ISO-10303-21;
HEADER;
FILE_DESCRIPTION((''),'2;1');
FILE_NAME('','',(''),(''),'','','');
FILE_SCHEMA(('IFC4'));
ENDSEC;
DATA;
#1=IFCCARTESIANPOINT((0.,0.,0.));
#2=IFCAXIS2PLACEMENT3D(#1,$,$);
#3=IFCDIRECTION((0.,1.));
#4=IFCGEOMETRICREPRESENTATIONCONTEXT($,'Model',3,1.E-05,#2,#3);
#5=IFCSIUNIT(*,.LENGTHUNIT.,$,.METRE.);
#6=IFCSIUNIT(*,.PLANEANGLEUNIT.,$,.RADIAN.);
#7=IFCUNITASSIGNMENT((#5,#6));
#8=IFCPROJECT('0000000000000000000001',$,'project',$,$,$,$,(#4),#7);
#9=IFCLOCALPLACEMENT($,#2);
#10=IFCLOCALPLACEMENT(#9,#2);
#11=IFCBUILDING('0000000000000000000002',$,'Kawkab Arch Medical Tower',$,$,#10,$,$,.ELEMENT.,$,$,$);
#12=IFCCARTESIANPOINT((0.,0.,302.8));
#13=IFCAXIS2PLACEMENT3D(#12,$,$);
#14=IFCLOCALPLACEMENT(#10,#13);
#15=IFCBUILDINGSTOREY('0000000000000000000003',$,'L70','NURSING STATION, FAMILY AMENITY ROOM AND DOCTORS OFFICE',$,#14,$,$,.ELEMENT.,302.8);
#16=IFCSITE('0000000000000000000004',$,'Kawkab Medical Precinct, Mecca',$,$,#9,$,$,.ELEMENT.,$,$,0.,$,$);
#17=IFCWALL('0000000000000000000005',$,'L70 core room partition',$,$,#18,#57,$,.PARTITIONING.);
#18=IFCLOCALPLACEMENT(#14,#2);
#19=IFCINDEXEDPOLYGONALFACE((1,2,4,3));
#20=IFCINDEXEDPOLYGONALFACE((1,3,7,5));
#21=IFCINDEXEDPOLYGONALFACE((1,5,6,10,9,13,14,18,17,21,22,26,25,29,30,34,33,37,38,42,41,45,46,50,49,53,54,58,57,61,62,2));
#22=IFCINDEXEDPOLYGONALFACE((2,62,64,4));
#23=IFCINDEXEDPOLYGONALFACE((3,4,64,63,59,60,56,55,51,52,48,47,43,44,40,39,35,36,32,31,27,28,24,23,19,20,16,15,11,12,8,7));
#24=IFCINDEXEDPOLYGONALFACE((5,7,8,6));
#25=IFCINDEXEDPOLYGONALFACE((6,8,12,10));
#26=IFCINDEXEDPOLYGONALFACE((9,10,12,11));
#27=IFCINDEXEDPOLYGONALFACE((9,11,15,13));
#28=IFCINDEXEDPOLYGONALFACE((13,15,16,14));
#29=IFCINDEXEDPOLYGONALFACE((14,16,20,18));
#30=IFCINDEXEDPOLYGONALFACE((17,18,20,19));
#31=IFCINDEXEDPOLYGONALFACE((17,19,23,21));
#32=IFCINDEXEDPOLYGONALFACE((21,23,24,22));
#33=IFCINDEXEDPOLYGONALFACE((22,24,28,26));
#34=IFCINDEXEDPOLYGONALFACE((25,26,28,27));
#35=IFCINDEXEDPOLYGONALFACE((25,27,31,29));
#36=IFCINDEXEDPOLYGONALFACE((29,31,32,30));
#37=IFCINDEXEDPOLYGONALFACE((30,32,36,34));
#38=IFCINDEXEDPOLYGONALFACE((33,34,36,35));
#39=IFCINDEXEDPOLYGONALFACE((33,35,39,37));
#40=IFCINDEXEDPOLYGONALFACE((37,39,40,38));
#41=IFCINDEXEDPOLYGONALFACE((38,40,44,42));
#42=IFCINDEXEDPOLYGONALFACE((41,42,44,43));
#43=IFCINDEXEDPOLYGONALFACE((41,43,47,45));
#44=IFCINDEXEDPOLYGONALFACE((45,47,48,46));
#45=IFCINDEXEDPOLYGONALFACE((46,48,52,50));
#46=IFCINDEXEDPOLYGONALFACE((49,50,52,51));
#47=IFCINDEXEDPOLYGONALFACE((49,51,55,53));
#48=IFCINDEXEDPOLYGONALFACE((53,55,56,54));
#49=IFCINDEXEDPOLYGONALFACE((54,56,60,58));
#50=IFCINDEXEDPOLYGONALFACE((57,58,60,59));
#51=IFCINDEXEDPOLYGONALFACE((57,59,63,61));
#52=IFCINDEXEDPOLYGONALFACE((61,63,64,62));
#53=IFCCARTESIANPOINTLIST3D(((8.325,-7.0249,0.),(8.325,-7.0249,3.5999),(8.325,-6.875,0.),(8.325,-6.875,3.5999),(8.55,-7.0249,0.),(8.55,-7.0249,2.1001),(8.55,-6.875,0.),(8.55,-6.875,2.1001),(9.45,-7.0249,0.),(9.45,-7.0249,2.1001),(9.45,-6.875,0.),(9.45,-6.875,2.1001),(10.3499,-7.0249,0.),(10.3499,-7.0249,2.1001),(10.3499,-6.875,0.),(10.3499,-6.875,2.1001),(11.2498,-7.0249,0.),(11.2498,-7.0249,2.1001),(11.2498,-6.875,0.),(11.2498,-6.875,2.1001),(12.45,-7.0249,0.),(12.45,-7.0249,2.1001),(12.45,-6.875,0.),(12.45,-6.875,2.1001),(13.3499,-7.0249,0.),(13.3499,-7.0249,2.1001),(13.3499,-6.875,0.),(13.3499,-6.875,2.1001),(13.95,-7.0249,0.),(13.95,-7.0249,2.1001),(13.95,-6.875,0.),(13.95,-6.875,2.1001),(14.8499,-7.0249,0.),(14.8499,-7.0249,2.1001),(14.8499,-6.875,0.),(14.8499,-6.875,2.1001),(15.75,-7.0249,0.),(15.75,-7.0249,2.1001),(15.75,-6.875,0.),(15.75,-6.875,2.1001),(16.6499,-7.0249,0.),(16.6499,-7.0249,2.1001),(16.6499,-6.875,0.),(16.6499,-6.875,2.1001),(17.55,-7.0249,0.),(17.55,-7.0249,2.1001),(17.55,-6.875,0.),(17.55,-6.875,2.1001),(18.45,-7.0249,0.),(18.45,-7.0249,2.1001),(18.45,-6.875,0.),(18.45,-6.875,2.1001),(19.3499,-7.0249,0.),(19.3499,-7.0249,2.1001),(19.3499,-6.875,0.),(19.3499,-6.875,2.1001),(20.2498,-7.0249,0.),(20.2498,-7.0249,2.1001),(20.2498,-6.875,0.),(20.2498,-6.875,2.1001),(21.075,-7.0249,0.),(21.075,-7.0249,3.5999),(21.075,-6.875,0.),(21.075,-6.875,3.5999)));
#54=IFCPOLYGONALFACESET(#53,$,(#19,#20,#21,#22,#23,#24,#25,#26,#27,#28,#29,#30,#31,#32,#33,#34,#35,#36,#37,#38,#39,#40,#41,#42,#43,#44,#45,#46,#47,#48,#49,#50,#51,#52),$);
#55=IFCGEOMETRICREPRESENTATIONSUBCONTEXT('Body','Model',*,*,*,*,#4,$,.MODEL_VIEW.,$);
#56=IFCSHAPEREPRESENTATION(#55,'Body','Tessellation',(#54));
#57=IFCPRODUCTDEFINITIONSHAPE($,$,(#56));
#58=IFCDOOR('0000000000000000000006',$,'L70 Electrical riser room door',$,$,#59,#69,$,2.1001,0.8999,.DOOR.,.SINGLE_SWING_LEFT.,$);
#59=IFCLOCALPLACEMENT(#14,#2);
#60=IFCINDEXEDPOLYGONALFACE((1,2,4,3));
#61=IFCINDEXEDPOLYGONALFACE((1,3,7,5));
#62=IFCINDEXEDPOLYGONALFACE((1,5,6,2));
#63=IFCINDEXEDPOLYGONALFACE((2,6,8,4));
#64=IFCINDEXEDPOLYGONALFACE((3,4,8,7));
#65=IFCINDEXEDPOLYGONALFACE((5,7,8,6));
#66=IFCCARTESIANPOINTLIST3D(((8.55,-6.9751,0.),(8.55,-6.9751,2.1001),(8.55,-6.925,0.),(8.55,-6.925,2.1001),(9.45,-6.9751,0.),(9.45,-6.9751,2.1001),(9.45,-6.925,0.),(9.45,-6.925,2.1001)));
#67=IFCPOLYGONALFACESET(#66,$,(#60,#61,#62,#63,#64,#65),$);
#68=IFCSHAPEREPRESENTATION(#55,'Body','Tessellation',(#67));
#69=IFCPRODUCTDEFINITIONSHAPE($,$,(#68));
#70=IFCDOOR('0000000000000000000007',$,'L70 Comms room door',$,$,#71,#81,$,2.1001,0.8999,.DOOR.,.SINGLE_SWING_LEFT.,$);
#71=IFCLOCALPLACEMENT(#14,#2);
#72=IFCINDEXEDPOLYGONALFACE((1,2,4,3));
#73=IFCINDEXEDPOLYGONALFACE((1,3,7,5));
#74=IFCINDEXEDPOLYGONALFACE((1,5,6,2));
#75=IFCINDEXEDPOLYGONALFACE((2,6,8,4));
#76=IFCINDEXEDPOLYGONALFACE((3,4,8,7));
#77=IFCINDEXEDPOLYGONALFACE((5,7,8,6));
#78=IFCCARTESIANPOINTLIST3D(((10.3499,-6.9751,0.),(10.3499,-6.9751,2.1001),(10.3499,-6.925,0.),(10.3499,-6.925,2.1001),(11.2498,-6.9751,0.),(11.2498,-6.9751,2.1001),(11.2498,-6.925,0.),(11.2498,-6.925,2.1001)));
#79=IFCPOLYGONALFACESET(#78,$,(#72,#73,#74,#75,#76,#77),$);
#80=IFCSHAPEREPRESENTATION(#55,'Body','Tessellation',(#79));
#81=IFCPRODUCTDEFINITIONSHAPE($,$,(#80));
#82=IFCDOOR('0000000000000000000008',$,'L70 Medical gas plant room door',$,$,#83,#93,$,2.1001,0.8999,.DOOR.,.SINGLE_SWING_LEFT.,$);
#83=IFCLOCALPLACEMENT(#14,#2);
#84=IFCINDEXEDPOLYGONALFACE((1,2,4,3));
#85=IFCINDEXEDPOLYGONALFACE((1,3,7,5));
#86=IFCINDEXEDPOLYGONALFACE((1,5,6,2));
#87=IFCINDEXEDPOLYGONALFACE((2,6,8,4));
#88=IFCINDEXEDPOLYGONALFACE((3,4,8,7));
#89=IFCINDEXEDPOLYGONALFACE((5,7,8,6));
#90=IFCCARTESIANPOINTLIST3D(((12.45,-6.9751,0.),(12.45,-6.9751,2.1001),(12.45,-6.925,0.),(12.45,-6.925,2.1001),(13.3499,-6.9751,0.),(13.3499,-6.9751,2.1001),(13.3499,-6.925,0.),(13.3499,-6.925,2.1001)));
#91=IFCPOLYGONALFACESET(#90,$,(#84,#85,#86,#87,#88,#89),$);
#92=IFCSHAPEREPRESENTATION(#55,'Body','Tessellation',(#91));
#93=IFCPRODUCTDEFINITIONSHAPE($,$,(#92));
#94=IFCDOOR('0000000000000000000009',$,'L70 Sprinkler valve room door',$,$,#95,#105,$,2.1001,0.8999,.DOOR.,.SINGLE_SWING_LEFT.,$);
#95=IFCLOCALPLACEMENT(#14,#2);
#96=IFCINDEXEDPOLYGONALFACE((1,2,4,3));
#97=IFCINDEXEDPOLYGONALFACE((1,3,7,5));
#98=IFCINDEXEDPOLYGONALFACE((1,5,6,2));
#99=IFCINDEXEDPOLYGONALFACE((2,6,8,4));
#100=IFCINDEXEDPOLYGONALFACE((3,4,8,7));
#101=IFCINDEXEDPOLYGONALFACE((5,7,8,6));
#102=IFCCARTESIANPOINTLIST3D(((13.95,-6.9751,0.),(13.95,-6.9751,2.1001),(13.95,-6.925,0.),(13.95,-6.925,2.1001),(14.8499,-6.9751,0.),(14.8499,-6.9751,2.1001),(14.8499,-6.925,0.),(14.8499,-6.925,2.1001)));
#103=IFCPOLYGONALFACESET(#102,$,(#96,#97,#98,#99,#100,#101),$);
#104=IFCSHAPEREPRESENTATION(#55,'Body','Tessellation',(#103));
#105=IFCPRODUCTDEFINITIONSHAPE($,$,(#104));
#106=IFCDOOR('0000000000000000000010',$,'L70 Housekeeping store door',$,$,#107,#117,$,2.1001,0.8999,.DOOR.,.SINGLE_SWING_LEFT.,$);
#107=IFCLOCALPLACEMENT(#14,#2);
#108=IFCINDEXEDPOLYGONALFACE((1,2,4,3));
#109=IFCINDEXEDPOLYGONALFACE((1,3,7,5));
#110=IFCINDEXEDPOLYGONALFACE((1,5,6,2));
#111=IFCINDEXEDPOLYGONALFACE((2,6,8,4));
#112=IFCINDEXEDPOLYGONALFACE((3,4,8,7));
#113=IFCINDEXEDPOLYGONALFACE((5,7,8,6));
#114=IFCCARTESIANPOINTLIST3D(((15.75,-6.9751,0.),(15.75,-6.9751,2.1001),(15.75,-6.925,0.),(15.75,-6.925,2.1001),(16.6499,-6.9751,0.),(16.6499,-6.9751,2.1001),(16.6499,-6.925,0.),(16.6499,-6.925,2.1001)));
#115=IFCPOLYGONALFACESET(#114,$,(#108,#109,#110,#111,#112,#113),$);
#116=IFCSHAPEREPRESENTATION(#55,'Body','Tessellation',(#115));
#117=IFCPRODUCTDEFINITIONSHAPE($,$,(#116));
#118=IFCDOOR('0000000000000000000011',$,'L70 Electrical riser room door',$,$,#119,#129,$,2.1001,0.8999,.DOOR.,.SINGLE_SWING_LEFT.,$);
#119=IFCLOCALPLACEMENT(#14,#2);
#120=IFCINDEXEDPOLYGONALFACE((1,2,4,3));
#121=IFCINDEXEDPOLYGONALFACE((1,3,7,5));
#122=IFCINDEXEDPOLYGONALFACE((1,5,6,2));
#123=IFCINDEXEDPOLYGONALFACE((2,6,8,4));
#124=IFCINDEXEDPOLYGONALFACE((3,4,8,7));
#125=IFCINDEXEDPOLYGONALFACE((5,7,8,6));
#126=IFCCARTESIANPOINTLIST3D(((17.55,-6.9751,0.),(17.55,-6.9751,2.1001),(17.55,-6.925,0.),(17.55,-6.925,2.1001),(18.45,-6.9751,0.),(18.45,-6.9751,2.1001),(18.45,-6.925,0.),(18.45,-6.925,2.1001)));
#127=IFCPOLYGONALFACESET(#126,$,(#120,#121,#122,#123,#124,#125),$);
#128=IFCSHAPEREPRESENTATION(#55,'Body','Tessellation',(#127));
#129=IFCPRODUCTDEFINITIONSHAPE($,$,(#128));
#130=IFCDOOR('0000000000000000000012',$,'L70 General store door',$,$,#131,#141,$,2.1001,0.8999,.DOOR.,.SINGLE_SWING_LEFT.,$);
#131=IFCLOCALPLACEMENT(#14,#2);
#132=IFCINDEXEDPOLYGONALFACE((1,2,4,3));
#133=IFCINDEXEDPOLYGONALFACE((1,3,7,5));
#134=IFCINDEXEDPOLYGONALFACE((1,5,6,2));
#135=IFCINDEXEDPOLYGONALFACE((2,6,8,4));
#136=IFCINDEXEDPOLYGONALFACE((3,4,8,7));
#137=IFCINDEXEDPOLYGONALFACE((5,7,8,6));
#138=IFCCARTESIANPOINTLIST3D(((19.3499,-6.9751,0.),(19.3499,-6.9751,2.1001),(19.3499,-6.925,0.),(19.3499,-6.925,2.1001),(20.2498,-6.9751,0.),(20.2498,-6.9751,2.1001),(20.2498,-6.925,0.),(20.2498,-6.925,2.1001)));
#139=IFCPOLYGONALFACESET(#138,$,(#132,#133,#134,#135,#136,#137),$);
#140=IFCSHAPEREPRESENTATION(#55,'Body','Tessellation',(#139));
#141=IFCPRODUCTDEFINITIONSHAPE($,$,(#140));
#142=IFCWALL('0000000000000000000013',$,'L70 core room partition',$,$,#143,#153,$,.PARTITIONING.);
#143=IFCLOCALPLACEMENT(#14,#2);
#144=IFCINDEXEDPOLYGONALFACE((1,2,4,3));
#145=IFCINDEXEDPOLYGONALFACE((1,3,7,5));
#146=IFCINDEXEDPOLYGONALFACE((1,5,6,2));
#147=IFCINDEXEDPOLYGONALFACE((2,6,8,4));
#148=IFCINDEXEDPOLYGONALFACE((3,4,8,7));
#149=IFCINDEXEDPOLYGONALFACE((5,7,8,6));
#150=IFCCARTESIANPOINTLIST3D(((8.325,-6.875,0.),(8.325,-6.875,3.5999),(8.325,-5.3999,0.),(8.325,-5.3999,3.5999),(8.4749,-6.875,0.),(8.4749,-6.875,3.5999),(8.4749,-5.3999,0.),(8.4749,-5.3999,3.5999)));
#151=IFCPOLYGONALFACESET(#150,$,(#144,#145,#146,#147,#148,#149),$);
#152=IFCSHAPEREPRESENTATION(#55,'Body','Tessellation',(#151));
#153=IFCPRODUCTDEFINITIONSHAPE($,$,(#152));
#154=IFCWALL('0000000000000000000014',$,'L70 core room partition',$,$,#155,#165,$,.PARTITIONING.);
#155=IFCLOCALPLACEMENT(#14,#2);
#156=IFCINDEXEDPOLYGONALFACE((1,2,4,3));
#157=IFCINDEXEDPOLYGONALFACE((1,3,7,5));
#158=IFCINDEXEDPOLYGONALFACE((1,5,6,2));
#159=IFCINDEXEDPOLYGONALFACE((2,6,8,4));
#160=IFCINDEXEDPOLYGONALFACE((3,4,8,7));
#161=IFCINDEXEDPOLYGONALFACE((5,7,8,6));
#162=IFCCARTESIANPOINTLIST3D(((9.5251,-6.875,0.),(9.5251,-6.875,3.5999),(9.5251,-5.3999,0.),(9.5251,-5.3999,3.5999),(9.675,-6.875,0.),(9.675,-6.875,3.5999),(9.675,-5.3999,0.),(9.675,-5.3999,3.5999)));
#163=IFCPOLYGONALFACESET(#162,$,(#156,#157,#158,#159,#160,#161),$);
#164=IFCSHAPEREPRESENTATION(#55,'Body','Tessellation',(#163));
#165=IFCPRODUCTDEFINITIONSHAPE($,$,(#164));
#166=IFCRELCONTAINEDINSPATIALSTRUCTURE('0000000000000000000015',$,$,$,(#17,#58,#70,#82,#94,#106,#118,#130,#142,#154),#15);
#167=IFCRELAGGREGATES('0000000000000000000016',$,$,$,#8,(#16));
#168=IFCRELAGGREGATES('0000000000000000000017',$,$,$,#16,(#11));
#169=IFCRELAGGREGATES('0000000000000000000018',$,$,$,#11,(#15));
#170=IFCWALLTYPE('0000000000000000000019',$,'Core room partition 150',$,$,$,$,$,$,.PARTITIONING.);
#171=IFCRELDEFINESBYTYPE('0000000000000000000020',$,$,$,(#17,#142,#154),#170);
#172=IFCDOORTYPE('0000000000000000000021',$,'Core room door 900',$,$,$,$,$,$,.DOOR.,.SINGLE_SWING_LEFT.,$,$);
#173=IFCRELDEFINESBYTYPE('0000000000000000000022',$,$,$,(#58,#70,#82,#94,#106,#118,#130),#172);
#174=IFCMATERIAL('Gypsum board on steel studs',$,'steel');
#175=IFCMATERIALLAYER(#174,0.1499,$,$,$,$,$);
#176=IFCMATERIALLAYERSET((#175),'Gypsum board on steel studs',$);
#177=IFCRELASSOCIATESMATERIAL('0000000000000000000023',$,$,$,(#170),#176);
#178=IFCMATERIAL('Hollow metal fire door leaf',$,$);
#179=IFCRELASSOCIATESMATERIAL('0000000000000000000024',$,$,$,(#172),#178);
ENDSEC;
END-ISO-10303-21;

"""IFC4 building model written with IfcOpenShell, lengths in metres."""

from ifc_helpers import new_model, si_unit, direction, frame, frame_2d, origin, place, context, subcontext, project, spatial, rectangle, extrude, material, layer, layer_set, type_object, element, fill, save


model = new_model("IFC4")

# Units and contexts
model_context = context("Model", 3, precision=1e-05, world=origin(), true_north=direction((0.0, 1.0)))
body_context = subcontext(model_context, "Body", "Model", "MODEL_VIEW")
ifc_project = project(units=[si_unit("LENGTHUNIT", "METRE"), si_unit("PLANEANGLEUNIT", "RADIAN")], contexts=[model_context])

# Site, building, storey
site_placement = place(None, origin())
site = spatial("IfcSite", under=ifc_project, at=site_placement, Name="Kawkab Medical Precinct, Mecca", CompositionType="ELEMENT", RefElevation=0.0)
building_placement = place(site_placement, origin())
building = spatial("IfcBuilding", under=site, at=building_placement, Name="Kawkab Arch Medical Tower", CompositionType="ELEMENT")
storey_placement = place(building_placement, frame((0.0, 0.0, 302.8)))
storey = spatial("IfcBuildingStorey", under=building, at=storey_placement, Name="L70", Description="NURSING STATION, FAMILY AMENITY ROOM AND DOCTORS OFFICE", CompositionType="ELEMENT", Elevation=302.8)

# Wall, openings, doors
ifc_material_1 = material(Name="Gypsum board on steel studs", Category="steel")
ifc_layer_1 = layer(ifc_material_1, 0.1499)
ifc_layer_set_1 = layer_set([ifc_layer_1], Name="Gypsum board on steel studs")
wall_type_1 = type_object("IfcWallType", Name="Core room partition 150", PredefinedType="PARTITIONING", material=ifc_layer_set_1)
wall_1_placement = place(storey_placement, frame((8.325, -6.95, 0.0), z_axis=(0.0, 0.0, 1.0), x_axis=(1.0, 0.0, 0.0)))
wall_1 = element("IfcWall", 1, at=wall_1_placement, inside=storey, type_object=wall_type_1, Name="L70 core room partition", PredefinedType="PARTITIONING", context=body_context, shape_type="SweptSolid", body=[
    extrude(rectangle(XDim=12.75, YDim=0.1499, at=frame_2d((6.375, 0.0))), origin(), (0.0, 0.0, 1.0), 3.5999),
])
opening_1_placement = place(wall_1_placement, frame((0.2251, 0.0, 0.0)))
opening_1 = element("IfcOpeningElement", 2, at=opening_1_placement, cuts=wall_1, PredefinedType="OPENING", context=body_context, shape_type="SweptSolid", body=[
    extrude(rectangle(XDim=0.8999, YDim=2.1001, at=frame_2d((0.45, 1.05))), frame((0.0, 0.085, 0.0), z_axis=(0.0, -1.0, 0.0), x_axis=(1.0, 0.0, 0.0)), (0.0, 0.0, 1.0), 0.1699),
])
opening_2_placement = place(wall_1_placement, frame((2.0249, 0.0, 0.0)))
opening_2 = element("IfcOpeningElement", 3, at=opening_2_placement, cuts=wall_1, PredefinedType="OPENING", context=body_context, shape_type="SweptSolid", body=[
    extrude(rectangle(XDim=0.8999, YDim=2.1001, at=frame_2d((0.45, 1.05))), frame((0.0, 0.085, 0.0), z_axis=(0.0, -1.0, 0.0), x_axis=(1.0, 0.0, 0.0)), (0.0, 0.0, 1.0), 0.1699),
])
opening_3_placement = place(wall_1_placement, frame((4.125, 0.0, 0.0)))
opening_3 = element("IfcOpeningElement", 4, at=opening_3_placement, cuts=wall_1, PredefinedType="OPENING", context=body_context, shape_type="SweptSolid", body=[
    extrude(rectangle(XDim=0.8999, YDim=2.1001, at=frame_2d((0.45, 1.05))), frame((0.0, 0.085, 0.0), z_axis=(0.0, -1.0, 0.0), x_axis=(1.0, 0.0, 0.0)), (0.0, 0.0, 1.0), 0.1699),
])
opening_4_placement = place(wall_1_placement, frame((5.625, 0.0, 0.0)))
opening_4 = element("IfcOpeningElement", 5, at=opening_4_placement, cuts=wall_1, PredefinedType="OPENING", context=body_context, shape_type="SweptSolid", body=[
    extrude(rectangle(XDim=0.8999, YDim=2.1001, at=frame_2d((0.45, 1.05))), frame((0.0, 0.085, 0.0), z_axis=(0.0, -1.0, 0.0), x_axis=(1.0, 0.0, 0.0)), (0.0, 0.0, 1.0), 0.1699),
])
opening_5_placement = place(wall_1_placement, frame((7.425, 0.0, 0.0)))
opening_5 = element("IfcOpeningElement", 6, at=opening_5_placement, cuts=wall_1, PredefinedType="OPENING", context=body_context, shape_type="SweptSolid", body=[
    extrude(rectangle(XDim=0.8999, YDim=2.1001, at=frame_2d((0.45, 1.05))), frame((0.0, 0.085, 0.0), z_axis=(0.0, -1.0, 0.0), x_axis=(1.0, 0.0, 0.0)), (0.0, 0.0, 1.0), 0.1699),
])
opening_6_placement = place(wall_1_placement, frame((9.2251, 0.0, 0.0)))
opening_6 = element("IfcOpeningElement", 7, at=opening_6_placement, cuts=wall_1, PredefinedType="OPENING", context=body_context, shape_type="SweptSolid", body=[
    extrude(rectangle(XDim=0.8999, YDim=2.1001, at=frame_2d((0.45, 1.05))), frame((0.0, 0.085, 0.0), z_axis=(0.0, -1.0, 0.0), x_axis=(1.0, 0.0, 0.0)), (0.0, 0.0, 1.0), 0.1699),
])
opening_7_placement = place(wall_1_placement, frame((11.0249, 0.0, 0.0)))
opening_7 = element("IfcOpeningElement", 8, at=opening_7_placement, cuts=wall_1, PredefinedType="OPENING", context=body_context, shape_type="SweptSolid", body=[
    extrude(rectangle(XDim=0.8999, YDim=2.1001, at=frame_2d((0.45, 1.05))), frame((0.0, 0.085, 0.0), z_axis=(0.0, -1.0, 0.0), x_axis=(1.0, 0.0, 0.0)), (0.0, 0.0, 1.0), 0.1699),
])
ifc_material_2 = material(Name="Hollow metal fire door leaf")
door_type = type_object("IfcDoorType", Name="Core room door 900", OperationType="SINGLE_SWING_LEFT", PredefinedType="DOOR", material=ifc_material_2)
door_1_placement = place(opening_1_placement, origin())
door_1 = element("IfcDoor", 9, at=door_1_placement, inside=storey, type_object=door_type, Name="L70 Electrical riser room door", OperationType="SINGLE_SWING_LEFT", OverallHeight=2.1001, OverallWidth=0.8999, PredefinedType="DOOR", context=body_context, shape_type="SweptSolid", body=[
    extrude(rectangle(XDim=0.8999, YDim=2.1001, at=frame_2d((0.45, 1.05))), frame((0.0, 0.0249, 0.0), z_axis=(0.0, -1.0, 0.0), x_axis=(1.0, 0.0, 0.0)), (0.0, 0.0, 1.0), 0.05),
])
fill(opening_1, door_1)
door_2_placement = place(opening_2_placement, origin())
door_2 = element("IfcDoor", 10, at=door_2_placement, inside=storey, type_object=door_type, Name="L70 Comms room door", OperationType="SINGLE_SWING_LEFT", OverallHeight=2.1001, OverallWidth=0.8999, PredefinedType="DOOR", context=body_context, shape_type="SweptSolid", body=[
    extrude(rectangle(XDim=0.8999, YDim=2.1001, at=frame_2d((0.45, 1.05))), frame((0.0, 0.0249, 0.0), z_axis=(0.0, -1.0, 0.0), x_axis=(1.0, 0.0, 0.0)), (0.0, 0.0, 1.0), 0.05),
])
fill(opening_2, door_2)
door_3_placement = place(opening_3_placement, origin())
door_3 = element("IfcDoor", 11, at=door_3_placement, inside=storey, type_object=door_type, Name="L70 Medical gas plant room door", OperationType="SINGLE_SWING_LEFT", OverallHeight=2.1001, OverallWidth=0.8999, PredefinedType="DOOR", context=body_context, shape_type="SweptSolid", body=[
    extrude(rectangle(XDim=0.8999, YDim=2.1001, at=frame_2d((0.45, 1.05))), frame((0.0, 0.0249, 0.0), z_axis=(0.0, -1.0, 0.0), x_axis=(1.0, 0.0, 0.0)), (0.0, 0.0, 1.0), 0.05),
])
fill(opening_3, door_3)
door_4_placement = place(opening_4_placement, origin())
door_4 = element("IfcDoor", 12, at=door_4_placement, inside=storey, type_object=door_type, Name="L70 Sprinkler valve room door", OperationType="SINGLE_SWING_LEFT", OverallHeight=2.1001, OverallWidth=0.8999, PredefinedType="DOOR", context=body_context, shape_type="SweptSolid", body=[
    extrude(rectangle(XDim=0.8999, YDim=2.1001, at=frame_2d((0.45, 1.05))), frame((0.0, 0.0249, 0.0), z_axis=(0.0, -1.0, 0.0), x_axis=(1.0, 0.0, 0.0)), (0.0, 0.0, 1.0), 0.05),
])
fill(opening_4, door_4)
door_5_placement = place(opening_5_placement, origin())
door_5 = element("IfcDoor", 13, at=door_5_placement, inside=storey, type_object=door_type, Name="L70 Housekeeping store door", OperationType="SINGLE_SWING_LEFT", OverallHeight=2.1001, OverallWidth=0.8999, PredefinedType="DOOR", context=body_context, shape_type="SweptSolid", body=[
    extrude(rectangle(XDim=0.8999, YDim=2.1001, at=frame_2d((0.45, 1.05))), frame((0.0, 0.0249, 0.0), z_axis=(0.0, -1.0, 0.0), x_axis=(1.0, 0.0, 0.0)), (0.0, 0.0, 1.0), 0.05),
])
fill(opening_5, door_5)
door_6_placement = place(opening_6_placement, origin())
door_6 = element("IfcDoor", 14, at=door_6_placement, inside=storey, type_object=door_type, Name="L70 Electrical riser room door", OperationType="SINGLE_SWING_LEFT", OverallHeight=2.1001, OverallWidth=0.8999, PredefinedType="DOOR", context=body_context, shape_type="SweptSolid", body=[
    extrude(rectangle(XDim=0.8999, YDim=2.1001, at=frame_2d((0.45, 1.05))), frame((0.0, 0.0249, 0.0), z_axis=(0.0, -1.0, 0.0), x_axis=(1.0, 0.0, 0.0)), (0.0, 0.0, 1.0), 0.05),
])
fill(opening_6, door_6)
door_7_placement = place(opening_7_placement, origin())
door_7 = element("IfcDoor", 15, at=door_7_placement, inside=storey, type_object=door_type, Name="L70 General store door", OperationType="SINGLE_SWING_LEFT", OverallHeight=2.1001, OverallWidth=0.8999, PredefinedType="DOOR", context=body_context, shape_type="SweptSolid", body=[
    extrude(rectangle(XDim=0.8999, YDim=2.1001, at=frame_2d((0.45, 1.05))), frame((0.0, 0.0249, 0.0), z_axis=(0.0, -1.0, 0.0), x_axis=(1.0, 0.0, 0.0)), (0.0, 0.0, 1.0), 0.05),
])
fill(opening_7, door_7)

# Walls
for number, where, z_axis, x_axis, name in (
    (16, (8.3999, -6.875, 0.0), (0.0, 0.0, 1.0), (0.0, 1.0, 0.0), "L70 core room partition"),
    (17, (9.6001, -6.875, 0.0), (0.0, 0.0, 1.0), (0.0, 1.0, 0.0), "L70 core room partition"),
):
    element("IfcWall", number, at=place(storey_placement, frame(where, z_axis=z_axis, x_axis=x_axis)), inside=storey, type_object=wall_type_1, Name=name, PredefinedType="PARTITIONING", context=body_context, shape_type="SweptSolid", body=[
        extrude(rectangle(XDim=1.4751, YDim=0.1499, at=frame_2d((0.7375, 0.0))), origin(), (0.0, 0.0, 1.0), 3.5999),
    ])

save(model, "model.ifc")
